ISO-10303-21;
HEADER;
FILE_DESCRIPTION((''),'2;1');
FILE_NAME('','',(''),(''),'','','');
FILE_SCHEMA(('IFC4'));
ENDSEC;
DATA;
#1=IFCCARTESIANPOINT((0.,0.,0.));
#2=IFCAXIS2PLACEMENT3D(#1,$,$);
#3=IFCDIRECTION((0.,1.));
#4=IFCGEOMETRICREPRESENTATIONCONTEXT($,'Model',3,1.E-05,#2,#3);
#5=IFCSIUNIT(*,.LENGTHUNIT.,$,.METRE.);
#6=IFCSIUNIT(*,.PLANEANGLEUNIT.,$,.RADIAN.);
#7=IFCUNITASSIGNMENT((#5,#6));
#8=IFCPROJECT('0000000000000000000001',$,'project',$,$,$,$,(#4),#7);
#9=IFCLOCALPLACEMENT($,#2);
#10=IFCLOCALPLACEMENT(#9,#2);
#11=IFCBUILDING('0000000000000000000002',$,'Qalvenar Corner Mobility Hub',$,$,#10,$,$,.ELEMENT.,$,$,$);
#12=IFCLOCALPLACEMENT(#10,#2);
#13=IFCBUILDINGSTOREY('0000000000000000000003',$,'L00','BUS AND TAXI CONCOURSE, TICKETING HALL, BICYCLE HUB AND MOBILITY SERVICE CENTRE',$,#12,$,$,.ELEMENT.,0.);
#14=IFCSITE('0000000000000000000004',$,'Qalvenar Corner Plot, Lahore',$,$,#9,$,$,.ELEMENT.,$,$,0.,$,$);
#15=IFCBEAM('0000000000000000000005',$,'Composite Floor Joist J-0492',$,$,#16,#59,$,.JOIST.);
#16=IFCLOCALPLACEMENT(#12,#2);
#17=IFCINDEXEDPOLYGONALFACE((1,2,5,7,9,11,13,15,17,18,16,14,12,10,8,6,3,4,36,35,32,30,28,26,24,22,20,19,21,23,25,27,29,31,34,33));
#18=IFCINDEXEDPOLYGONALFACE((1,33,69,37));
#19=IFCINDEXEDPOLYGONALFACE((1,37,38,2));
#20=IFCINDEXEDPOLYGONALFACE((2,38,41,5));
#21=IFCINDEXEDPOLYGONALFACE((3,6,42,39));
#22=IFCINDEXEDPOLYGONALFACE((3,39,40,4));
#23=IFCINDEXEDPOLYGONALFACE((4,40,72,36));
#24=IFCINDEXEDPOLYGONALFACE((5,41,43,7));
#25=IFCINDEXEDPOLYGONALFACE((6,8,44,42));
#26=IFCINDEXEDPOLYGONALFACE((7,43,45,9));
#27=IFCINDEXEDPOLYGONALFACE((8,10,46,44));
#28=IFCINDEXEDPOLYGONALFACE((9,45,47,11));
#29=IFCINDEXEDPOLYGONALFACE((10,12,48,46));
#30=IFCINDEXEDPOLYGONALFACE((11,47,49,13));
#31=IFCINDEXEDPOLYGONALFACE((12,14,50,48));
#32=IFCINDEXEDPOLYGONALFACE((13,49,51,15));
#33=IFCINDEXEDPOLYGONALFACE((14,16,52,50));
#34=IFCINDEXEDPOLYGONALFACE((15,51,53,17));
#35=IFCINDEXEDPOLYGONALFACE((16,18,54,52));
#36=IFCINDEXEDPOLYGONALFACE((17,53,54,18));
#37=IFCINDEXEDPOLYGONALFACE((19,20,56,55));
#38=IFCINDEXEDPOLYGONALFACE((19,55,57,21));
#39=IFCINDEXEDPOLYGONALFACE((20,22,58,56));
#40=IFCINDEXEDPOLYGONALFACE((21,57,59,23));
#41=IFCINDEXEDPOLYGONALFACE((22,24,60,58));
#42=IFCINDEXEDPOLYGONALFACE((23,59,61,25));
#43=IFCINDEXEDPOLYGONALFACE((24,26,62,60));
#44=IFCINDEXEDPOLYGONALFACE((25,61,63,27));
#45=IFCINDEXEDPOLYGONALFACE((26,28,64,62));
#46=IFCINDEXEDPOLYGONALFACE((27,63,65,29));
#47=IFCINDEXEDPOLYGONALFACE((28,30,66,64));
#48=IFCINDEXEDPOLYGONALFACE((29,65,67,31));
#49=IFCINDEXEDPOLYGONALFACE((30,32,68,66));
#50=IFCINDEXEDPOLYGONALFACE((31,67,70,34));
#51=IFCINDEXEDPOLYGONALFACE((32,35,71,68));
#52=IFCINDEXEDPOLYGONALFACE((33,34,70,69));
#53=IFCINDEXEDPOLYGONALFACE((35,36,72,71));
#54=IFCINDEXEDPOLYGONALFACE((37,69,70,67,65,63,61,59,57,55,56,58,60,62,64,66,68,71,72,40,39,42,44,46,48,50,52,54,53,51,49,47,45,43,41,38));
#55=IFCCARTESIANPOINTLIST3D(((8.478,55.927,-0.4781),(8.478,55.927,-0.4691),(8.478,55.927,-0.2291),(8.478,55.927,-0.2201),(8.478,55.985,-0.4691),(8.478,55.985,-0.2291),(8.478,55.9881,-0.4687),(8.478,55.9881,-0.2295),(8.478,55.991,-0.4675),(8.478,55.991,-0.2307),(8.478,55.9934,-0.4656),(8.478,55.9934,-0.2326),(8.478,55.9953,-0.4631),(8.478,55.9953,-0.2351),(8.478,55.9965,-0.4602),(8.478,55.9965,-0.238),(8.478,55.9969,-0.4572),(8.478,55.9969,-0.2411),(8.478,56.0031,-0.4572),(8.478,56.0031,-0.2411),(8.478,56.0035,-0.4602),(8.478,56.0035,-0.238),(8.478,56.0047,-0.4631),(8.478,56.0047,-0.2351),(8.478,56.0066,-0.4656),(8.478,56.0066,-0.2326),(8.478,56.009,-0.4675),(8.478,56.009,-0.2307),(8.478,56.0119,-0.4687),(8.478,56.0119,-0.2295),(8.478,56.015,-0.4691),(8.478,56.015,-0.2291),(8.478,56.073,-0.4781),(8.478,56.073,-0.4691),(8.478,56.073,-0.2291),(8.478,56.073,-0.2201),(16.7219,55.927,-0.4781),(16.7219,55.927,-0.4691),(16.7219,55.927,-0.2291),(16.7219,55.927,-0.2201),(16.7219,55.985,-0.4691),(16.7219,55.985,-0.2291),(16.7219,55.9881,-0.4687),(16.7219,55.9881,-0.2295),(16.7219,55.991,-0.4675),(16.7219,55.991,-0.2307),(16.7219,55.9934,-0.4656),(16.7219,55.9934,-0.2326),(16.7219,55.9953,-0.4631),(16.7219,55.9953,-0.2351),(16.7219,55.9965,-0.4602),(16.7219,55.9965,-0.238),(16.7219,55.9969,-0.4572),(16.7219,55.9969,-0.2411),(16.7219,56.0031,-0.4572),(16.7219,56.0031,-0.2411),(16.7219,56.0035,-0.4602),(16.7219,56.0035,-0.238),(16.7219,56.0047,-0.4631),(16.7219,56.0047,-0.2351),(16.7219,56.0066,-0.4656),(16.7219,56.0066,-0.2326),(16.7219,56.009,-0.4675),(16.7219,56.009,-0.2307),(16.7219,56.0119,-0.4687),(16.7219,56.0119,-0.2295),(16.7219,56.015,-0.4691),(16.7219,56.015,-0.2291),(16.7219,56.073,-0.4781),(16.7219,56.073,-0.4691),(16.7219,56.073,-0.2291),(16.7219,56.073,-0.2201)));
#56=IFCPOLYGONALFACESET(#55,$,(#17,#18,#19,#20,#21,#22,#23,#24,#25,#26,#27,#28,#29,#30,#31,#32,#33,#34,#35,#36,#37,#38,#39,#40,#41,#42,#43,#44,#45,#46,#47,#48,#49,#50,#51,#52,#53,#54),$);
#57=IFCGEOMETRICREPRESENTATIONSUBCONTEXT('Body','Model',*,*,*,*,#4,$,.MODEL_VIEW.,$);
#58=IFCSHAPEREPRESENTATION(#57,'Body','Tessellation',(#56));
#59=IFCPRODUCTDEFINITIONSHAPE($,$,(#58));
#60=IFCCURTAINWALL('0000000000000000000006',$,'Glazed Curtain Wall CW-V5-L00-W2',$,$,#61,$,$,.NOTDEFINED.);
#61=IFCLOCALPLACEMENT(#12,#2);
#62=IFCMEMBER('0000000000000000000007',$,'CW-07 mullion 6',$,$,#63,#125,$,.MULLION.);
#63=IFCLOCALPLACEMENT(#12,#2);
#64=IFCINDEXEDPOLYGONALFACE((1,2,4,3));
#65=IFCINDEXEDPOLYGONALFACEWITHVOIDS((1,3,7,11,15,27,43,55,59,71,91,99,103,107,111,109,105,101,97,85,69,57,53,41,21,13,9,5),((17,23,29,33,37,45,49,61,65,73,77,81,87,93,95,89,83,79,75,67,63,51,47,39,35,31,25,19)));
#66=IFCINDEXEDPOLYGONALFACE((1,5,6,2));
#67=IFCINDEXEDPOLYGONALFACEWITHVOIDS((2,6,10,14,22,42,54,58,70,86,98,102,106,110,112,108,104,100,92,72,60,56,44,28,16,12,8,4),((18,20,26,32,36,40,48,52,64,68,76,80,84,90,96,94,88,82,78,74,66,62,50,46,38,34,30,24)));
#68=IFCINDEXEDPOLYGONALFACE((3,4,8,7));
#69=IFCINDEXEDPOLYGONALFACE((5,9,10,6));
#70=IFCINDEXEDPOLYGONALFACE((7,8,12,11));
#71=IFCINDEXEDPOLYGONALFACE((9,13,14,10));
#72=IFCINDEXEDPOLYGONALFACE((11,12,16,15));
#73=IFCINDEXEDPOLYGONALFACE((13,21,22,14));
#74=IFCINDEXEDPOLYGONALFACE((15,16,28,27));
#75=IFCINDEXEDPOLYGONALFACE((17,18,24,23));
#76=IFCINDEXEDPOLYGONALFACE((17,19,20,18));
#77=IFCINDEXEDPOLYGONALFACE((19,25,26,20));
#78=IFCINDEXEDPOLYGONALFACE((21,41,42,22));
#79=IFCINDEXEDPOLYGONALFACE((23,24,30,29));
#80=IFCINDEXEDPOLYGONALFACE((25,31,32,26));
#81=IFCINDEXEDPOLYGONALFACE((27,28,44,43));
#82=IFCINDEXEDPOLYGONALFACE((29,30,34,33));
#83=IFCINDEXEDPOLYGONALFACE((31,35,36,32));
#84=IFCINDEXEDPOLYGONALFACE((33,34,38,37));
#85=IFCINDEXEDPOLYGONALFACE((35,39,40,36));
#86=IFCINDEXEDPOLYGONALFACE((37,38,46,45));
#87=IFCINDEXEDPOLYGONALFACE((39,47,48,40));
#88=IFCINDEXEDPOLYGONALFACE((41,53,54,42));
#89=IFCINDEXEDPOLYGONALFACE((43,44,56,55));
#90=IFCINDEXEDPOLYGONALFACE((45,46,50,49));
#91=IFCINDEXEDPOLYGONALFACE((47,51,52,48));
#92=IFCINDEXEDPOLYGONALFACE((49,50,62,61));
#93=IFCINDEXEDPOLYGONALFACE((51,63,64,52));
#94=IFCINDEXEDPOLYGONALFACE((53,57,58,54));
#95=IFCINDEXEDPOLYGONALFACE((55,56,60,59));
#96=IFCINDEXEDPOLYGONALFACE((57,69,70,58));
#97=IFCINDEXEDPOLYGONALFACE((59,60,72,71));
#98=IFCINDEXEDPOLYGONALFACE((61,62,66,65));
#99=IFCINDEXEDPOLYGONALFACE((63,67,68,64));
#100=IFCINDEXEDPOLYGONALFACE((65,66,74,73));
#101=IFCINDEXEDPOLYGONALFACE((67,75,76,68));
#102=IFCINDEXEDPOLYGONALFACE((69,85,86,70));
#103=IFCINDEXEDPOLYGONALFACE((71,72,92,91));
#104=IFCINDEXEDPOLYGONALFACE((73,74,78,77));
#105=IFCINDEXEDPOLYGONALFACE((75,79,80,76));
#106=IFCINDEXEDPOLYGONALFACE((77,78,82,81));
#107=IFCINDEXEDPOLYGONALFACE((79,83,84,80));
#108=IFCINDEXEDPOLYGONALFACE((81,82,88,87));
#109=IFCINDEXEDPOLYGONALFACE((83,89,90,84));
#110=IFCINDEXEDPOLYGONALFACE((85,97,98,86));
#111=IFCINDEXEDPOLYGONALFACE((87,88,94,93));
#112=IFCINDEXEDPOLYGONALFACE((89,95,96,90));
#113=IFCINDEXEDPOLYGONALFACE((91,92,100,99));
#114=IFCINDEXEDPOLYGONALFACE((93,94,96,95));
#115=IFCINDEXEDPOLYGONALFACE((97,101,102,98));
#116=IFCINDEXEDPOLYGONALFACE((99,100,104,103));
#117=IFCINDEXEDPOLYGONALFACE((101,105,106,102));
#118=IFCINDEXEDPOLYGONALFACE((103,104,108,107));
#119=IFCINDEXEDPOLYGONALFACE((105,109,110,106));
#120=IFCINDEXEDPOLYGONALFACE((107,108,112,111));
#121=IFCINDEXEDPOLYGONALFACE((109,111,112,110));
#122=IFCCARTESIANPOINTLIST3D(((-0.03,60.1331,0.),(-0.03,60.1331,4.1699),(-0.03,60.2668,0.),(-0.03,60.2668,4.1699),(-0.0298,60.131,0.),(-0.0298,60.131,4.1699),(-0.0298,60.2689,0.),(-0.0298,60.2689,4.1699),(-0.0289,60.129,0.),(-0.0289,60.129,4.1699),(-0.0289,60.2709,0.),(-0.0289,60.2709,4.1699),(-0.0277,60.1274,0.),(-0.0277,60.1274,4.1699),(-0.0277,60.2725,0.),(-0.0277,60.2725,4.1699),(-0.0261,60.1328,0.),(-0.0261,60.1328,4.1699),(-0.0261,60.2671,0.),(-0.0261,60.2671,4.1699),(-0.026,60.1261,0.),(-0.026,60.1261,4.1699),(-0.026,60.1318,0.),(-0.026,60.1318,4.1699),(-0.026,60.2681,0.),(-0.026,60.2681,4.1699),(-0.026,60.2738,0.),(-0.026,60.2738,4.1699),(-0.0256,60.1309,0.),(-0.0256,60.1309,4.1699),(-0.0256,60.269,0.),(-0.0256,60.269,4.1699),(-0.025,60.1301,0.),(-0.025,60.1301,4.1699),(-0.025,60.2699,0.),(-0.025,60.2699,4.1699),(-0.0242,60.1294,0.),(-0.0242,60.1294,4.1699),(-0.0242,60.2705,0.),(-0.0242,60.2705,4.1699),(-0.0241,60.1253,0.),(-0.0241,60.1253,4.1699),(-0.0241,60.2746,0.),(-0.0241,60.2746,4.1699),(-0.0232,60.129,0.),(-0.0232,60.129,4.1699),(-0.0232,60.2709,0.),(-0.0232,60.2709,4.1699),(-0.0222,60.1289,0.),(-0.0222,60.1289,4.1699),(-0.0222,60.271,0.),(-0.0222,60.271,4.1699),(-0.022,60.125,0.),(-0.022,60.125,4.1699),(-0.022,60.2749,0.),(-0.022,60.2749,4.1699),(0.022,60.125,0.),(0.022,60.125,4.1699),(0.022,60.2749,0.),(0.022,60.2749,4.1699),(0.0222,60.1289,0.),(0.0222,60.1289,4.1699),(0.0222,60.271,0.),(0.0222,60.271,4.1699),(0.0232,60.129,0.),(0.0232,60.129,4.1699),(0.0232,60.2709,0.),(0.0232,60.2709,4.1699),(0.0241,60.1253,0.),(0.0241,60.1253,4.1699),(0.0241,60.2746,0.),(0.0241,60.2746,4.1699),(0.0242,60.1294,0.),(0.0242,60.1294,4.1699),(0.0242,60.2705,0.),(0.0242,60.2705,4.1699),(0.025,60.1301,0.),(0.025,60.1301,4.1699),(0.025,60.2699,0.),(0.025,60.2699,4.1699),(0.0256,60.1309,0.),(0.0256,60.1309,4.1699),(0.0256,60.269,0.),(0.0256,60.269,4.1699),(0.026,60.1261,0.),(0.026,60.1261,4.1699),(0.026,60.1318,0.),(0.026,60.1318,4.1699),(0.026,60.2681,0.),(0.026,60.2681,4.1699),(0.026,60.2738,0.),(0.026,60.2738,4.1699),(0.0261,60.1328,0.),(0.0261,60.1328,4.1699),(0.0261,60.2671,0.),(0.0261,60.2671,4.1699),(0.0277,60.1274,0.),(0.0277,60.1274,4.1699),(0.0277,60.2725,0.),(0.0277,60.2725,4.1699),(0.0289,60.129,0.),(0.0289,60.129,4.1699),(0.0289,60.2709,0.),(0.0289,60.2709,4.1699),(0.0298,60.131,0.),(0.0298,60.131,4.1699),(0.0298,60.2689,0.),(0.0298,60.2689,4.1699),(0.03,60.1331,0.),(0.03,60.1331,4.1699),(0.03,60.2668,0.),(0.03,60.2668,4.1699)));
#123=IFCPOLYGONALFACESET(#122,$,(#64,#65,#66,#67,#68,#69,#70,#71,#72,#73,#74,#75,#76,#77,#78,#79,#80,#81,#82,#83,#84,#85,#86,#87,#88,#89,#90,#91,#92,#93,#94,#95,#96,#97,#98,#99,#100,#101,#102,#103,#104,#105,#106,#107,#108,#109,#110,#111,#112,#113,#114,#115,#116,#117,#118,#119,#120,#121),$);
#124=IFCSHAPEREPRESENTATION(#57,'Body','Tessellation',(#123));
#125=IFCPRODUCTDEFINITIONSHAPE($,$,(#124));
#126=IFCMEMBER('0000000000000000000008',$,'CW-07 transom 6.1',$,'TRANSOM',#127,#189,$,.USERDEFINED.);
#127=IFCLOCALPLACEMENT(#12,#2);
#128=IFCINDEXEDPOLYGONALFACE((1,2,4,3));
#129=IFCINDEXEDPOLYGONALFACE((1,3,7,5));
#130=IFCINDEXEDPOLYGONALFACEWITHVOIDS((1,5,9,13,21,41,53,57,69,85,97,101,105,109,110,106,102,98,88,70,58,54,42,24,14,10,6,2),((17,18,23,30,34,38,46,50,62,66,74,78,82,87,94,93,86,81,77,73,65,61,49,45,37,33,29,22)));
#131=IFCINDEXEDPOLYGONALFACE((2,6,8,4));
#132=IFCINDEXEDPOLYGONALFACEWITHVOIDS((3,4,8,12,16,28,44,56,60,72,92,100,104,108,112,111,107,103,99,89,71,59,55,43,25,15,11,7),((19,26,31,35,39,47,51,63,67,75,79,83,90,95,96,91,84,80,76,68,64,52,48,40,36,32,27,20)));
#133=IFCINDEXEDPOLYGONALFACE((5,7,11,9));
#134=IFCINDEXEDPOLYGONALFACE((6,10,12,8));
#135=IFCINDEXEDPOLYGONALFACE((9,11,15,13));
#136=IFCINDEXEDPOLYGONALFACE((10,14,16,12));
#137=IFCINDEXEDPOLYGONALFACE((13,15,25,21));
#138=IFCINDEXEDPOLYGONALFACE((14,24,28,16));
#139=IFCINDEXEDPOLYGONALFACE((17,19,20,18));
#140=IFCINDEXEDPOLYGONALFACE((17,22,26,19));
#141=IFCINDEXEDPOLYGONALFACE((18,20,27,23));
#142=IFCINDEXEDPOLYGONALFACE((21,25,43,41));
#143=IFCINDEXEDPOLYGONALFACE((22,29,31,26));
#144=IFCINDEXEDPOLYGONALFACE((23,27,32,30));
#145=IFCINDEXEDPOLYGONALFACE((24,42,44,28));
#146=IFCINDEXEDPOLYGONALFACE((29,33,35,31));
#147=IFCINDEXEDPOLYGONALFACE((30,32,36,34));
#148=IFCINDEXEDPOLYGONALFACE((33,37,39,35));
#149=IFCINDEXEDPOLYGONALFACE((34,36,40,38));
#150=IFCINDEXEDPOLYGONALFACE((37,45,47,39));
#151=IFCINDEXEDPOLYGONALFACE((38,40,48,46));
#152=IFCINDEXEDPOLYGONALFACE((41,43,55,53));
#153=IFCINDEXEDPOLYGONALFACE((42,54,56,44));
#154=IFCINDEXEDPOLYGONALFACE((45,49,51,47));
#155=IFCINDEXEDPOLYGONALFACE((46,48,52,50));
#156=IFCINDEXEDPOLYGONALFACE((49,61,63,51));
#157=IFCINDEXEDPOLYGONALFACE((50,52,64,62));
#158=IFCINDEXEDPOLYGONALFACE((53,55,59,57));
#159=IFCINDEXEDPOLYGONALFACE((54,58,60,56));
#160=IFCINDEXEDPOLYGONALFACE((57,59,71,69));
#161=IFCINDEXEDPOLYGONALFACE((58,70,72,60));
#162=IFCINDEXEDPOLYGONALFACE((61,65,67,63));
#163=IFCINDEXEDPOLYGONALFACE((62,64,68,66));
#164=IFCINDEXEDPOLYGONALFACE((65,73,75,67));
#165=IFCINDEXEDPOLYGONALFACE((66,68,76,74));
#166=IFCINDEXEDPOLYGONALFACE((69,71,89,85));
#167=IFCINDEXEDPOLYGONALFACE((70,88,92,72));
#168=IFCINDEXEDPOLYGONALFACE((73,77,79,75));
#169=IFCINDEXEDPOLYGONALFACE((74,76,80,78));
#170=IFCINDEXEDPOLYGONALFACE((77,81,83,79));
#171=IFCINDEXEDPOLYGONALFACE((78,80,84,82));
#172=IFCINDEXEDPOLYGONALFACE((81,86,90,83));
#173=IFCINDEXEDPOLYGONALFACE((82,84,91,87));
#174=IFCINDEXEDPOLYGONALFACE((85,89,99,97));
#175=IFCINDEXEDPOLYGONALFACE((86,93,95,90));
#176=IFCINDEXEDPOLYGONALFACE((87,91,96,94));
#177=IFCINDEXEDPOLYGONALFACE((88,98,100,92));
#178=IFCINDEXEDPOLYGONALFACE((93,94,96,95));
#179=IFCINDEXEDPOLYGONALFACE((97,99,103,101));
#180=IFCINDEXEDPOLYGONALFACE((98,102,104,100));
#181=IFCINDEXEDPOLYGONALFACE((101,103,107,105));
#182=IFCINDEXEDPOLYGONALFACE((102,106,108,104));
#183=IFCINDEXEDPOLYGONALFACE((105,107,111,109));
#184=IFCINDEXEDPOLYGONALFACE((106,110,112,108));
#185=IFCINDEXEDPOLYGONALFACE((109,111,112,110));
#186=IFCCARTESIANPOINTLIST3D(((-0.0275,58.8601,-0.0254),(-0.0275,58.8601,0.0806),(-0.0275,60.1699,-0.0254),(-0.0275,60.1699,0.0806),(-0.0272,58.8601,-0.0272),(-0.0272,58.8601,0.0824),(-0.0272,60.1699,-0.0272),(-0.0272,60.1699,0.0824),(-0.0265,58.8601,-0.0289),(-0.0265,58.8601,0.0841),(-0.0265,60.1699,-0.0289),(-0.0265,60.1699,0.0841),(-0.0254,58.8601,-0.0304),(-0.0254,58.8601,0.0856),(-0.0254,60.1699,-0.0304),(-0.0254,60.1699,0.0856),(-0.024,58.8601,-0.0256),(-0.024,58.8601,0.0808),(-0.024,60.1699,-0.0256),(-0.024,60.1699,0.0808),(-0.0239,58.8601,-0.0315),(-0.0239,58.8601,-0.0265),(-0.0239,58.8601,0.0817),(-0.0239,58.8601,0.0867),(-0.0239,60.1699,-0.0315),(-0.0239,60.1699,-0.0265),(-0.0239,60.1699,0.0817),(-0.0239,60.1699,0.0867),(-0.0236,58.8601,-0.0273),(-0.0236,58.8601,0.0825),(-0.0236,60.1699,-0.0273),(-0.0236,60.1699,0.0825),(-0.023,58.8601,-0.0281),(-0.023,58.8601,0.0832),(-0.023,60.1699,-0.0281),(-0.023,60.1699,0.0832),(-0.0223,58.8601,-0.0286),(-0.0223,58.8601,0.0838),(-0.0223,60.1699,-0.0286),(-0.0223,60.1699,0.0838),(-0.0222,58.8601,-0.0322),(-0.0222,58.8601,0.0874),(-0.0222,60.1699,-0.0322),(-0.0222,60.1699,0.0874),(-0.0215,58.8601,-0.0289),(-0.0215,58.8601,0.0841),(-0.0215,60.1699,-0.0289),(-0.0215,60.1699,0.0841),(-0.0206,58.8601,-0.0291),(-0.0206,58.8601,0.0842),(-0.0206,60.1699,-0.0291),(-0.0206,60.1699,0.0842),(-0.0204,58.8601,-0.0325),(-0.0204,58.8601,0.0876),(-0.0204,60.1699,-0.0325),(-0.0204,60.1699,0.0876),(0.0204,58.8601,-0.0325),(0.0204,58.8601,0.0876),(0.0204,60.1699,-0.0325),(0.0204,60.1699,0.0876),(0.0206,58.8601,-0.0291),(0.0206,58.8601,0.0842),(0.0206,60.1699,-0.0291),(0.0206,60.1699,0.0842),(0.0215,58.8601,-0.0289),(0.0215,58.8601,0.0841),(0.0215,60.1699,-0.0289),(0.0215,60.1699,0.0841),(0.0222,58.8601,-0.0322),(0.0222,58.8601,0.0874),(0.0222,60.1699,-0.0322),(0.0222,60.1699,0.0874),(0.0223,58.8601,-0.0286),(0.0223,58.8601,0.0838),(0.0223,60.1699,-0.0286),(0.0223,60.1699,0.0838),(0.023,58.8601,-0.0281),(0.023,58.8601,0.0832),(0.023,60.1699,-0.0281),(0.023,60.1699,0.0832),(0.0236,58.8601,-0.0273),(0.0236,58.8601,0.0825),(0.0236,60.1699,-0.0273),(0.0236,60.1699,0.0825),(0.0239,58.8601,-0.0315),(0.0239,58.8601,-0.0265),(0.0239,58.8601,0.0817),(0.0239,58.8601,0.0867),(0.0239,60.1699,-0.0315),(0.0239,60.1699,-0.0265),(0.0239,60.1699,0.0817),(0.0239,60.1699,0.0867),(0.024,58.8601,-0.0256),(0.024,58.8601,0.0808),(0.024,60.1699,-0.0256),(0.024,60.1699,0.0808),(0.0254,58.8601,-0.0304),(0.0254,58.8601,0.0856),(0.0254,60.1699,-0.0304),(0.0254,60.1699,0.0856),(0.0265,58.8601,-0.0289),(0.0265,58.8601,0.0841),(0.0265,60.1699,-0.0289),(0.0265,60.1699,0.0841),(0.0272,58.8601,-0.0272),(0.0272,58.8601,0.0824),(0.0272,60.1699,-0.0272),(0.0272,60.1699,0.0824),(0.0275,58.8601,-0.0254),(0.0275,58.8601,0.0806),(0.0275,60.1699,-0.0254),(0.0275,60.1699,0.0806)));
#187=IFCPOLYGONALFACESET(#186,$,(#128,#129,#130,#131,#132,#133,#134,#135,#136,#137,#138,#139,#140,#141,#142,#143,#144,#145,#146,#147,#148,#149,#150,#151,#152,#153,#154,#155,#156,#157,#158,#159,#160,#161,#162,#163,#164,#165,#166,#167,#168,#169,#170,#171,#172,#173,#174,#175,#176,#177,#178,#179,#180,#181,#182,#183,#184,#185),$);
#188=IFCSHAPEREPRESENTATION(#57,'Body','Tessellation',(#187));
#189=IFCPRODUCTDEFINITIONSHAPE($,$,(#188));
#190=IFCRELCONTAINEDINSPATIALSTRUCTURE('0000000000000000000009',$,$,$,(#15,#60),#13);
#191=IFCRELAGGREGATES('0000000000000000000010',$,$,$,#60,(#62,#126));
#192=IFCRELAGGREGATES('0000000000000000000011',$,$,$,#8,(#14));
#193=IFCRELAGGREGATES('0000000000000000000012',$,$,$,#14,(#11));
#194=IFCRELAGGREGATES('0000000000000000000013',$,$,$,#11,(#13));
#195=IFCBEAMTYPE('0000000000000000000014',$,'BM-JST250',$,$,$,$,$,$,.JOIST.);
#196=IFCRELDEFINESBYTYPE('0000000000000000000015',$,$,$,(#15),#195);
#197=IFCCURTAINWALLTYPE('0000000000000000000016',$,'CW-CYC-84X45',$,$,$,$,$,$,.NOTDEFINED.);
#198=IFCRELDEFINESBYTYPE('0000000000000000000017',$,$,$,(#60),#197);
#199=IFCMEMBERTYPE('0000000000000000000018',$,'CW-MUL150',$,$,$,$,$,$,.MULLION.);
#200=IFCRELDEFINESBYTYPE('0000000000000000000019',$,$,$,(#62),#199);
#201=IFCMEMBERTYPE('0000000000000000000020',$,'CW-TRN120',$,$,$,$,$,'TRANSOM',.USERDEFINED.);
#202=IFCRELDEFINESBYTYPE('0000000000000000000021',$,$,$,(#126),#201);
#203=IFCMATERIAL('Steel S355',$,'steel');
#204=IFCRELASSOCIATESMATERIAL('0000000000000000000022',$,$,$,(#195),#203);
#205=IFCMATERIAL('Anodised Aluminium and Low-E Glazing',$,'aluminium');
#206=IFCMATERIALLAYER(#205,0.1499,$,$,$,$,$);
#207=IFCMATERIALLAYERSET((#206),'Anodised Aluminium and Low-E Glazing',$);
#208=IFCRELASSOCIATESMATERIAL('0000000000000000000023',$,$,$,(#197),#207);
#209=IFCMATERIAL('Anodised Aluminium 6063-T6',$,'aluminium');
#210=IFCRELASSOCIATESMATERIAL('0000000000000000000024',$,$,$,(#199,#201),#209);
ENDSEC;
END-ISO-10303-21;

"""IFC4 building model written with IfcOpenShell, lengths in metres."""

from ifc_helpers import new_model, si_unit, direction, frame, origin, origin_2d, place, context, subcontext, project, spatial, hollow_rectangle, i_section, extrude, material, layer, layer_set, material_profile, profile_set, type_object, element, aggregate, save


model = new_model("IFC4")

# Units and contexts
model_context = context("Model", 3, precision=1e-05, world=origin(), true_north=direction((0.0, 1.0)))
body_context = subcontext(model_context, "Body", "Model", "MODEL_VIEW")
ifc_project = project(units=[si_unit("LENGTHUNIT", "METRE"), si_unit("PLANEANGLEUNIT", "RADIAN")], contexts=[model_context])

# Site, building, storey
site_placement = place(None, origin())
site = spatial("IfcSite", under=ifc_project, at=site_placement, Name="Qalvenar Corner Plot, Lahore", CompositionType="ELEMENT", RefElevation=0.0)
building_placement = place(site_placement, origin())
building = spatial("IfcBuilding", under=site, at=building_placement, Name="Qalvenar Corner Mobility Hub", CompositionType="ELEMENT")
storey_placement = place(building_placement, origin())
storey = spatial("IfcBuildingStorey", under=building, at=storey_placement, Name="L00", Description="BUS AND TAXI CONCOURSE, TICKETING HALL, BICYCLE HUB AND MOBILITY SERVICE CENTRE", CompositionType="ELEMENT", Elevation=0.0)

# Shared definitions
ifc_material_1 = material(Name="Steel S355", Category="steel")

# Beam
ifc_material_profile_1 = material_profile(ifc_material_1, i_section(OverallWidth=0.146, OverallDepth=0.2581, WebThickness=0.0061, FlangeThickness=0.009, FilletRadius=0.012, at=origin_2d()), Name="W250x32.7")
ifc_profile_set_1 = profile_set([ifc_material_profile_1], Name="Steel S355")
beam_type_1 = type_object("IfcBeamType", Name="BM-JST250", PredefinedType="JOIST", material=ifc_profile_set_1)
for number, where, z_axis, x_axis, name in (
    (1, (8.478, 56.0, -0.3491), (1.0, 0.0, 0.0), (0.0, 1.0, 0.0), "Composite Floor Joist J-0492"),
):
    element("IfcBeam", number, at=place(storey_placement, frame(where, z_axis=z_axis, x_axis=x_axis)), inside=storey, type_object=beam_type_1, Name=name, PredefinedType="JOIST", context=body_context, shape_type="SweptSolid", body=[
        extrude(i_section(OverallWidth=0.146, OverallDepth=0.2581, WebThickness=0.0061, FlangeThickness=0.009, FilletRadius=0.012, at=origin_2d()), origin(), (0.0, 0.0, 1.0), 8.2439),
    ])

# Curtain wall, members
ifc_material_2 = material(Name="Anodised Aluminium and Low-E Glazing", Category="aluminium")
ifc_layer_1 = layer(ifc_material_2, 0.1499)
ifc_layer_set_1 = layer_set([ifc_layer_1], Name="Anodised Aluminium and Low-E Glazing")
curtain_wall_type = type_object("IfcCurtainWallType", Name="CW-CYC-84X45", PredefinedType="NOTDEFINED", material=ifc_layer_set_1)
curtain_wall_placement = place(storey_placement, origin())
curtain_wall = element("IfcCurtainWall", 2, at=curtain_wall_placement, inside=storey, type_object=curtain_wall_type, Name="Glazed Curtain Wall CW-V5-L00-W2", PredefinedType="NOTDEFINED")
ifc_material_3 = material(Name="Anodised Aluminium 6063-T6", Category="aluminium")
ifc_material_profile_2 = material_profile(ifc_material_3, hollow_rectangle(XDim=0.0601, YDim=0.1499, WallThickness=0.0039, InnerFilletRadius=0.0039, OuterFilletRadius=0.0081, at=origin_2d()), Name="RHS150x60x4")
ifc_profile_set_2 = profile_set([ifc_material_profile_2], Name="Anodised Aluminium 6063-T6")
member_type_1 = type_object("IfcMemberType", Name="CW-MUL150", PredefinedType="MULLION", material=ifc_profile_set_2)
member_1_placement = place(storey_placement, frame((0.0, 60.2, 0.0), z_axis=(0.0, 0.0, 1.0), x_axis=(1.0, 0.0, 0.0)))
member_1 = element("IfcMember", 3, at=member_1_placement, type_object=member_type_1, Name="CW-07 mullion 6", PredefinedType="MULLION", context=body_context, shape_type="SweptSolid", body=[
    extrude(hollow_rectangle(XDim=0.0601, YDim=0.1499, WallThickness=0.0039, InnerFilletRadius=0.0039, OuterFilletRadius=0.0081, at=origin_2d()), origin(), (0.0, 0.0, 1.0), 4.1699),
])
ifc_material_profile_3 = material_profile(ifc_material_3, hollow_rectangle(XDim=0.0549, YDim=0.1201, WallThickness=0.0034, InnerFilletRadius=0.0034, OuterFilletRadius=0.0071, at=origin_2d()), Name="RHS120x55x3.5")
ifc_profile_set_3 = profile_set([ifc_material_profile_3], Name="Anodised Aluminium 6063-T6")
member_type_2 = type_object("IfcMemberType", Name="CW-TRN120", ElementType="TRANSOM", PredefinedType="USERDEFINED", material=ifc_profile_set_3)
member_2_placement = place(storey_placement, frame((0.0, 60.1699, 0.0276), z_axis=(0.0, -1.0, 0.0), x_axis=(1.0, 0.0, 0.0)))
member_2 = element("IfcMember", 4, at=member_2_placement, type_object=member_type_2, Name="CW-07 transom 6.1", ObjectType="TRANSOM", PredefinedType="USERDEFINED", context=body_context, shape_type="SweptSolid", body=[
    extrude(hollow_rectangle(XDim=0.0549, YDim=0.1201, WallThickness=0.0034, InnerFilletRadius=0.0034, OuterFilletRadius=0.0071, at=origin_2d()), origin(), (0.0, 0.0, 1.0), 1.3098),
])
aggregate(curtain_wall, [member_1, member_2])

save(model, "model.ifc")
